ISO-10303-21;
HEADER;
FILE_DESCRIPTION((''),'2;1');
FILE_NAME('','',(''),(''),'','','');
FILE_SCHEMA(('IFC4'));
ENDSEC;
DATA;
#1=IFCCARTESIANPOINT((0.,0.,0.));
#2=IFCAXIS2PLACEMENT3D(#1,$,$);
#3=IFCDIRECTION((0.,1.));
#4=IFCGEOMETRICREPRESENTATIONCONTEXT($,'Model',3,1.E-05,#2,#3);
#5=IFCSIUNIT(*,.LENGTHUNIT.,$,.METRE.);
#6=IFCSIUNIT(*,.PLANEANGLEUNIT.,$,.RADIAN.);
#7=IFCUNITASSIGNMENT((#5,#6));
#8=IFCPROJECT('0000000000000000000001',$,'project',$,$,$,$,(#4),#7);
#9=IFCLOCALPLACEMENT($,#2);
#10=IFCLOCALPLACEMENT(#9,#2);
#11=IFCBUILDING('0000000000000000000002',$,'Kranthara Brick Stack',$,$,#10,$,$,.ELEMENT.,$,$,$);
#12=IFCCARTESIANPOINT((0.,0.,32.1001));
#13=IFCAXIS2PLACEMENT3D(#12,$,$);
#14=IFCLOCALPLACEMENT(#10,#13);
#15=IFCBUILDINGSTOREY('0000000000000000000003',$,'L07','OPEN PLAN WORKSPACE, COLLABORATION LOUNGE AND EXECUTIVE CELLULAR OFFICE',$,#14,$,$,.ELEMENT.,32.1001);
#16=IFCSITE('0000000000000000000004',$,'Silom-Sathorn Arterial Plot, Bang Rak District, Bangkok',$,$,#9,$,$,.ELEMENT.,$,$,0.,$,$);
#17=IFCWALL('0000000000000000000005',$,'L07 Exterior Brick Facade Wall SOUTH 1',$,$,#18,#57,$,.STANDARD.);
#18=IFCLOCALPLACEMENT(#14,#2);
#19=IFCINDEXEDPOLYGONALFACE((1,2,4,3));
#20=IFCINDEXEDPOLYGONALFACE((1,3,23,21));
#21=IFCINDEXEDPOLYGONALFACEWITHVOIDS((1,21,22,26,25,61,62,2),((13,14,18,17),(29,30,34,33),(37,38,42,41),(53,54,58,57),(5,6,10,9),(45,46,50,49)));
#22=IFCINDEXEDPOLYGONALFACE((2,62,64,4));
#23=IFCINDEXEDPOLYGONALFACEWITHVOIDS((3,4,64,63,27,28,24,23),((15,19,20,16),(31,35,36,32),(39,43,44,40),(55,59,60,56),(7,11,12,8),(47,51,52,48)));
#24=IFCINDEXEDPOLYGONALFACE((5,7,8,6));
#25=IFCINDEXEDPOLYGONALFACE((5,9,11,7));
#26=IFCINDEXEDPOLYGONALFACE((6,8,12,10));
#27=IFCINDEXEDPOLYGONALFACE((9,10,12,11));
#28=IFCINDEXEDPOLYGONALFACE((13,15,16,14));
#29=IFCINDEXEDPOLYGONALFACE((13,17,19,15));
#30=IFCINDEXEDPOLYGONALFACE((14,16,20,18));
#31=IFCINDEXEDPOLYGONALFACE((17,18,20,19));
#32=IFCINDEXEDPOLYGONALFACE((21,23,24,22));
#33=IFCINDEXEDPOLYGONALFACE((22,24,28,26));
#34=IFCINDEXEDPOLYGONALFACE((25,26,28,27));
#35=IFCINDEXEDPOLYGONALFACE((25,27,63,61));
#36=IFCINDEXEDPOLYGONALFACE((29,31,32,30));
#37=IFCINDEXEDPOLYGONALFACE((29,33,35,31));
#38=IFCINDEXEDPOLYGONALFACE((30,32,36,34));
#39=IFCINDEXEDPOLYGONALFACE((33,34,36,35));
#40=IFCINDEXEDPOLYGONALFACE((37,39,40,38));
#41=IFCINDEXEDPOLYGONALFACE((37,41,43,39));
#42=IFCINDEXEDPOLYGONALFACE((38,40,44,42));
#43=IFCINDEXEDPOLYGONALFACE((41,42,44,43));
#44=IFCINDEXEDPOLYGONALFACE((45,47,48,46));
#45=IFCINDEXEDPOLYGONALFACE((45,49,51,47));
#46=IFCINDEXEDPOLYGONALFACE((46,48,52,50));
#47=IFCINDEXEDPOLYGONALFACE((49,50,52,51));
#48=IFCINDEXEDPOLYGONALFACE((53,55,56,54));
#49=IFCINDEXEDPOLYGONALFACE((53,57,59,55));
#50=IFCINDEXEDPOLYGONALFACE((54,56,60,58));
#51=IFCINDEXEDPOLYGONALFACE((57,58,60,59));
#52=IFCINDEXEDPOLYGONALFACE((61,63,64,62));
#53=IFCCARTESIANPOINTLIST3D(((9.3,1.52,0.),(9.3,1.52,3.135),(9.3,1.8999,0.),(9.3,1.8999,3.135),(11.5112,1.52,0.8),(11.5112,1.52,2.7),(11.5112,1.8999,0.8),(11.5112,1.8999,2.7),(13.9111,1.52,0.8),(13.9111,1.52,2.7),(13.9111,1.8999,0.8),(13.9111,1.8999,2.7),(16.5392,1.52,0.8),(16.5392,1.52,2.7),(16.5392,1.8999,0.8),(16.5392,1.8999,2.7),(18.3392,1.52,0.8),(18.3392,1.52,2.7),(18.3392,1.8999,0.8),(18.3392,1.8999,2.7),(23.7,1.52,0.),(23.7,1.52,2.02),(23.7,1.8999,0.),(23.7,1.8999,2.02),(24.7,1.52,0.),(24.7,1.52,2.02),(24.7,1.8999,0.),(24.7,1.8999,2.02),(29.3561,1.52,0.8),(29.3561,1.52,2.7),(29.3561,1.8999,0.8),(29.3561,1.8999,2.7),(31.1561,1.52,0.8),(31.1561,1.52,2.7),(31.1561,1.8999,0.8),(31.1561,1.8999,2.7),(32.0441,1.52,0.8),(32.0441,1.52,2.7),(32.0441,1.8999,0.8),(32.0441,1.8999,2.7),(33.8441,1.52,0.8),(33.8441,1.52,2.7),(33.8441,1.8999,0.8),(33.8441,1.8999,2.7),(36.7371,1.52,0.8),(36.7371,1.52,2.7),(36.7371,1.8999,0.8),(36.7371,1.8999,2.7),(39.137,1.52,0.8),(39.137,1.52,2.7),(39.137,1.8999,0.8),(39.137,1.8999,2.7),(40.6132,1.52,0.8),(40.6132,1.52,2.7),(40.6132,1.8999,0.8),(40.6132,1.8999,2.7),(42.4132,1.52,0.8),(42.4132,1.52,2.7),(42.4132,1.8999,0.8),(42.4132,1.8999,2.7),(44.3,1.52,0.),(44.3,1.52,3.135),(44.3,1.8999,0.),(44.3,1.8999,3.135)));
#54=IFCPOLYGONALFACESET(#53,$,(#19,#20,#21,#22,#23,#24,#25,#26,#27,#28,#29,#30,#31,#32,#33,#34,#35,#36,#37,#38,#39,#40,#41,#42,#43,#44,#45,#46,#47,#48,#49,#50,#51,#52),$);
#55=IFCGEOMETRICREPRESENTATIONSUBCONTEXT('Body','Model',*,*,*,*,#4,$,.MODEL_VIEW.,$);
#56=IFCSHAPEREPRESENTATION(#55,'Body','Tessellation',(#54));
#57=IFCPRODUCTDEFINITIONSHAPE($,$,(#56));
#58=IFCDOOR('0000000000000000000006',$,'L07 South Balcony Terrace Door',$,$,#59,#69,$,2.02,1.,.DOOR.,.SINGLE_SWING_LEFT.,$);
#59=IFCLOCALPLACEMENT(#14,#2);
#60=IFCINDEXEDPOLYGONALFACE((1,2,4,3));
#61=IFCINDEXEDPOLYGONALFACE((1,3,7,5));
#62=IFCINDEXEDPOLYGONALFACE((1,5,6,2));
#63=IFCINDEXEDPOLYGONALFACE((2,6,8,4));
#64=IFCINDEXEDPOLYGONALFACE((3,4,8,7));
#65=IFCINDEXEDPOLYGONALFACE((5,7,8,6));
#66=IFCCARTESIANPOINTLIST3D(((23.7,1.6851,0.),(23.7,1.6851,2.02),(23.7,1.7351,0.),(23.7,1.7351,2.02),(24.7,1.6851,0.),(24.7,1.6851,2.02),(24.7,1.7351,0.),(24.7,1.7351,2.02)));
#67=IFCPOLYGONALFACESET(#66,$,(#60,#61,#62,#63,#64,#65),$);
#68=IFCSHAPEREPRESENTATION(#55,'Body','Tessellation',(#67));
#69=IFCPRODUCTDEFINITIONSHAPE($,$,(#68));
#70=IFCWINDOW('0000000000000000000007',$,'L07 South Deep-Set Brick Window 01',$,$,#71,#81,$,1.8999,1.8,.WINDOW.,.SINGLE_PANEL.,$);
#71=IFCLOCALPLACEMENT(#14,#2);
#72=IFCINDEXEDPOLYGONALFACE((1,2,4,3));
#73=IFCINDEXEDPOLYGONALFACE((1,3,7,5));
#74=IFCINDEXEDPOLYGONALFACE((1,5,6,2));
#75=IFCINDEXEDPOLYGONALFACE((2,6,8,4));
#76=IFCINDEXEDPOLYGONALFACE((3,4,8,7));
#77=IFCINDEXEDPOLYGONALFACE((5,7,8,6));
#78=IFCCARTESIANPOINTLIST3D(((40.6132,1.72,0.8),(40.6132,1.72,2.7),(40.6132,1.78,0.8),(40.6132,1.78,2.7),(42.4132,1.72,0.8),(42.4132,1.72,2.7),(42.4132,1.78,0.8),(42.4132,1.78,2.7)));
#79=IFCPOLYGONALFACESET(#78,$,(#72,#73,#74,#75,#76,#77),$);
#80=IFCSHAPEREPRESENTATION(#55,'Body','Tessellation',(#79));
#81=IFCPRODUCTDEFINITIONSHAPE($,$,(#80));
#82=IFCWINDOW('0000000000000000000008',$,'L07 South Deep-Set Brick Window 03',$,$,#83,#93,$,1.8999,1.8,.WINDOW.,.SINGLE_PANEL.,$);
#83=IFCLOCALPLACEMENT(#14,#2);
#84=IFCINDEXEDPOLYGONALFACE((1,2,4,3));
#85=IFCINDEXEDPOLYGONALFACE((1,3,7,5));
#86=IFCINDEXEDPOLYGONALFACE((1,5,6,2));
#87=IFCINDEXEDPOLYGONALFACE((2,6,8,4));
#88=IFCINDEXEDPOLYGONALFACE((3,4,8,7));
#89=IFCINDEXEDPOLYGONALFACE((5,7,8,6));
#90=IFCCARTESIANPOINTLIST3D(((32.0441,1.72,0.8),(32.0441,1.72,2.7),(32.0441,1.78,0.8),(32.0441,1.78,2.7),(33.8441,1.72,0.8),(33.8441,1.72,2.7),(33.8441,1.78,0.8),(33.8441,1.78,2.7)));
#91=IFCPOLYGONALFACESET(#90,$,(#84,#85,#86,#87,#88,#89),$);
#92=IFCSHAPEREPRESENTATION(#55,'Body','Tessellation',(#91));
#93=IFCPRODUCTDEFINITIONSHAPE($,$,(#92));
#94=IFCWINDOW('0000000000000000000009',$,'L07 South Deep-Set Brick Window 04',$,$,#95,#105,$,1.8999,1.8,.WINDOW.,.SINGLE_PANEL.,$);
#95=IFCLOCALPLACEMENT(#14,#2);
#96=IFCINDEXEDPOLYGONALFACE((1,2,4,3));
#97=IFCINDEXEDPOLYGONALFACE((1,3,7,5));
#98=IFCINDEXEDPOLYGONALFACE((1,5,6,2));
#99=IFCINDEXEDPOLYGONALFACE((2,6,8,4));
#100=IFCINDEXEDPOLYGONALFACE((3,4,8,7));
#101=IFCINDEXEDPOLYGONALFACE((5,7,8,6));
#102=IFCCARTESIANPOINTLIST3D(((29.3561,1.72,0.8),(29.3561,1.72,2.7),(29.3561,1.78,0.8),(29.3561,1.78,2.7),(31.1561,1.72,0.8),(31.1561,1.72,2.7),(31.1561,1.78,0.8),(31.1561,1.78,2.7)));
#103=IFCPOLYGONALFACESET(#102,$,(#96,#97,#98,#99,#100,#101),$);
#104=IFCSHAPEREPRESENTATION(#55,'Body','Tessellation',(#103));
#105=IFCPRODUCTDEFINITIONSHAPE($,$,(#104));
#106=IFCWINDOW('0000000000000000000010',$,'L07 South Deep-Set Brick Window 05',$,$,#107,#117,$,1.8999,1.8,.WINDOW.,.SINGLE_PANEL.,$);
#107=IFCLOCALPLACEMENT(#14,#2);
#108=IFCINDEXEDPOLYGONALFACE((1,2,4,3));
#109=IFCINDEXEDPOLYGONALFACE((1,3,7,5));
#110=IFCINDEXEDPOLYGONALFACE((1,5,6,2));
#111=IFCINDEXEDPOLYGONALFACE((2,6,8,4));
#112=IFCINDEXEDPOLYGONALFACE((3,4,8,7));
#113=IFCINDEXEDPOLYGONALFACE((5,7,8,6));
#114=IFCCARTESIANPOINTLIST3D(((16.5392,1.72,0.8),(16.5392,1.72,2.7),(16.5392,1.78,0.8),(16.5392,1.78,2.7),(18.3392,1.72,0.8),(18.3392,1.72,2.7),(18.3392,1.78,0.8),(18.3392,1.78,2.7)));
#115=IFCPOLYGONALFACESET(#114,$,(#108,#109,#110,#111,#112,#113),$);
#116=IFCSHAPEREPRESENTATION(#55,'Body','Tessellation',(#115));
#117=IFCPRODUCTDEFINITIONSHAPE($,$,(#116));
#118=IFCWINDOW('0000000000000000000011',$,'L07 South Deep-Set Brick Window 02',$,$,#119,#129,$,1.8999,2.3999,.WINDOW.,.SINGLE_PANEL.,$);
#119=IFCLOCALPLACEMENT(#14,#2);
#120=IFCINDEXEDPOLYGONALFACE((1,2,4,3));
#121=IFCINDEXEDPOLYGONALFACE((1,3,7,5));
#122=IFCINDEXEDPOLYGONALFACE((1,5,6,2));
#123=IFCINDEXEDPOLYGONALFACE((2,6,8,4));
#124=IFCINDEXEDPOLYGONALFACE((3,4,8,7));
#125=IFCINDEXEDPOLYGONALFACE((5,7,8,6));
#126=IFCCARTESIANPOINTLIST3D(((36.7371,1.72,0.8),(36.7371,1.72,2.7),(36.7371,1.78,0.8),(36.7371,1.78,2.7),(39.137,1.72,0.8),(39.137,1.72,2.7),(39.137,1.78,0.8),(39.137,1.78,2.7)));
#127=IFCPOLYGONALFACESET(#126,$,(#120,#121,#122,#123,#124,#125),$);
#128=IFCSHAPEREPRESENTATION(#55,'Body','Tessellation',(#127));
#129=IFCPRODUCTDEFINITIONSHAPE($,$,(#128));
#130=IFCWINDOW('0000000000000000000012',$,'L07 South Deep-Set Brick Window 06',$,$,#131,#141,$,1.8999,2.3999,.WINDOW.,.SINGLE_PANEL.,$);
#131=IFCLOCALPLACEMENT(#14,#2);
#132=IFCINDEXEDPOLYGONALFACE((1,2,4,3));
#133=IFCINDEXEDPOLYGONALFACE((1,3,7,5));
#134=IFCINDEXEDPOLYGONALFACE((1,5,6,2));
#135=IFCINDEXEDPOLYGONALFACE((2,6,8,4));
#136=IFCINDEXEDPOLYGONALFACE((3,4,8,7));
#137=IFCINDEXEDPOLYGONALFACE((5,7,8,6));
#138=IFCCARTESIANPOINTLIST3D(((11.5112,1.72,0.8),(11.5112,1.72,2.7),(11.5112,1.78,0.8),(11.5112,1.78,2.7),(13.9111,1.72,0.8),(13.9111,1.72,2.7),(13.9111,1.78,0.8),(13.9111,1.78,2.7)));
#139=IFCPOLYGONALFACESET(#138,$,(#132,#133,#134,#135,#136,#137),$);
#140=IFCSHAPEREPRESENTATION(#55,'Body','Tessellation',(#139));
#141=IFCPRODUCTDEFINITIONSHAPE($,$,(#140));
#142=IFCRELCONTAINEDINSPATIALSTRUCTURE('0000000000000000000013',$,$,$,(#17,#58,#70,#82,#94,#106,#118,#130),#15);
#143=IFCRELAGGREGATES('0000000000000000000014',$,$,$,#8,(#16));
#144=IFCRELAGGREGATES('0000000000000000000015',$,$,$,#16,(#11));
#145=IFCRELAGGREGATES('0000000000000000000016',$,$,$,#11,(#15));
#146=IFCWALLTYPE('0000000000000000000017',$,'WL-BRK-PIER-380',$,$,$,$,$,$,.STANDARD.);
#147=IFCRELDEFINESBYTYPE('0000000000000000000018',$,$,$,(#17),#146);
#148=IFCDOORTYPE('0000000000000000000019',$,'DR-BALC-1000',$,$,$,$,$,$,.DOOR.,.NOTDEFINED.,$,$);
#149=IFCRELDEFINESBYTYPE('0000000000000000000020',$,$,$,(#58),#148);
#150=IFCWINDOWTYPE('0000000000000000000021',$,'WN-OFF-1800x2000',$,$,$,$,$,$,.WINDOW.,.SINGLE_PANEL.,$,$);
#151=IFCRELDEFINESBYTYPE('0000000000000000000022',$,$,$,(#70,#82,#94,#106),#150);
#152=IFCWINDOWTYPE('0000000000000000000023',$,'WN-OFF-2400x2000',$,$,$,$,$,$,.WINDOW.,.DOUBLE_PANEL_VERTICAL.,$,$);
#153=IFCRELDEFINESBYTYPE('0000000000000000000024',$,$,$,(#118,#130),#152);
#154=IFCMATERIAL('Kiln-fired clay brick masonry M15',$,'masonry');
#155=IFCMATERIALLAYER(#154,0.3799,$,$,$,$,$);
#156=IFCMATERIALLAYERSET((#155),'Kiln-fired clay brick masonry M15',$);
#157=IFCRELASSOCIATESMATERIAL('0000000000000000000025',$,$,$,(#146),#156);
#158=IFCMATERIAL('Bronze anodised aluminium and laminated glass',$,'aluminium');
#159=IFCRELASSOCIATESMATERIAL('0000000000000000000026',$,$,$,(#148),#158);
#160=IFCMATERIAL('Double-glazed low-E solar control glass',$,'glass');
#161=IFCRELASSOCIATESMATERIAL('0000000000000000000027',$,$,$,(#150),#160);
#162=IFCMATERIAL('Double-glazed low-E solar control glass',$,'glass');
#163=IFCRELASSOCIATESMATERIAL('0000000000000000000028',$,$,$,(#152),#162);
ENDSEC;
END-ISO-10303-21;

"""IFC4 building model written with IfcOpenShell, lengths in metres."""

from ifc_helpers import new_model, si_unit, direction, frame, frame_2d, origin, place, context, subcontext, project, spatial, rectangle, extrude, material, layer, layer_set, type_object, element, fill, save


model = new_model("IFC4")

# Units and contexts
model_context = context("Model", 3, precision=1e-05, world=origin(), true_north=direction((0.0, 1.0)))
body_context = subcontext(model_context, "Body", "Model", "MODEL_VIEW")
ifc_project = project(units=[si_unit("LENGTHUNIT", "METRE"), si_unit("PLANEANGLEUNIT", "RADIAN")], contexts=[model_context])

# Site, building, storey
site_placement = place(None, origin())
site = spatial("IfcSite", under=ifc_project, at=site_placement, Name="Silom-Sathorn Arterial Plot, Bang Rak District, Bangkok", CompositionType="ELEMENT", RefElevation=0.0)
building_placement = place(site_placement, origin())
building = spatial("IfcBuilding", under=site, at=building_placement, Name="Kranthara Brick Stack", CompositionType="ELEMENT")
storey_placement = place(building_placement, frame((0.0, 0.0, 32.1001)))
storey = spatial("IfcBuildingStorey", under=building, at=storey_placement, Name="L07", Description="OPEN PLAN WORKSPACE, COLLABORATION LOUNGE AND EXECUTIVE CELLULAR OFFICE", CompositionType="ELEMENT", Elevation=32.1001)

# Wall, openings, door, windows
ifc_material_1 = material(Name="Kiln-fired clay brick masonry M15", Category="masonry")
ifc_layer_1 = layer(ifc_material_1, 0.3799)
ifc_layer_set_1 = layer_set([ifc_layer_1], Name="Kiln-fired clay brick masonry M15")
wall_type_1 = type_object("IfcWallType", Name="WL-BRK-PIER-380", PredefinedType="STANDARD", material=ifc_layer_set_1)
wall_1_placement = place(storey_placement, frame((44.3, 1.71, 0.0), z_axis=(0.0, 0.0, 1.0), x_axis=(-1.0, 0.0, 0.0)))
wall_1 = element("IfcWall", 1, at=wall_1_placement, inside=storey, type_object=wall_type_1, Name="L07 Exterior Brick Facade Wall SOUTH 1", PredefinedType="STANDARD", context=body_context, shape_type="SweptSolid", body=[
    extrude(rectangle(XDim=35.0, YDim=0.3799, at=frame_2d((17.5, 0.0))), origin(), (0.0, 0.0, 1.0), 3.135),
])
opening_1_placement = place(wall_1_placement, frame((19.6001, 0.0, 0.0)))
opening_1 = element("IfcOpeningElement", 2, at=opening_1_placement, cuts=wall_1, PredefinedType="OPENING", context=body_context, shape_type="SweptSolid", body=[
    extrude(rectangle(XDim=1.0, YDim=2.02, at=frame_2d((0.5, 1.01))), frame((0.0, 0.2, 0.0), z_axis=(0.0, -1.0, 0.0), x_axis=(1.0, 0.0, 0.0)), (0.0, 0.0, 1.0), 0.3999),
])
opening_2_placement = place(wall_1_placement, frame((1.887, 0.0, 0.8)))
opening_2 = element("IfcOpeningElement", 3, at=opening_2_placement, cuts=wall_1, PredefinedType="OPENING", context=body_context, shape_type="SweptSolid", body=[
    extrude(rectangle(XDim=1.8, YDim=1.8999, at=frame_2d((0.8999, 0.95))), frame((0.0, 0.2, 0.0), z_axis=(0.0, -1.0, 0.0), x_axis=(1.0, 0.0, 0.0)), (0.0, 0.0, 1.0), 0.3999),
])
opening_3_placement = place(wall_1_placement, frame((5.1631, 0.0, 0.8)))
opening_3 = element("IfcOpeningElement", 4, at=opening_3_placement, cuts=wall_1, PredefinedType="OPENING", context=body_context, shape_type="SweptSolid", body=[
    extrude(rectangle(XDim=2.3999, YDim=1.8999, at=frame_2d((1.2, 0.95))), frame((0.0, 0.2, 0.0), z_axis=(0.0, -1.0, 0.0), x_axis=(1.0, 0.0, 0.0)), (0.0, 0.0, 1.0), 0.3999),
])
opening_4_placement = place(wall_1_placement, frame((10.4561, 0.0, 0.8)))
opening_4 = element("IfcOpeningElement", 5, at=opening_4_placement, cuts=wall_1, PredefinedType="OPENING", context=body_context, shape_type="SweptSolid", body=[
    extrude(rectangle(XDim=1.8, YDim=1.8999, at=frame_2d((0.8999, 0.95))), frame((0.0, 0.2, 0.0), z_axis=(0.0, -1.0, 0.0), x_axis=(1.0, 0.0, 0.0)), (0.0, 0.0, 1.0), 0.3999),
])
opening_5_placement = place(wall_1_placement, frame((13.144, 0.0, 0.8)))
opening_5 = element("IfcOpeningElement", 6, at=opening_5_placement, cuts=wall_1, PredefinedType="OPENING", context=body_context, shape_type="SweptSolid", body=[
    extrude(rectangle(XDim=1.8, YDim=1.8999, at=frame_2d((0.8999, 0.95))), frame((0.0, 0.2, 0.0), z_axis=(0.0, -1.0, 0.0), x_axis=(1.0, 0.0, 0.0)), (0.0, 0.0, 1.0), 0.3999),
])
opening_6_placement = place(wall_1_placement, frame((25.9609, 0.0, 0.8)))
opening_6 = element("IfcOpeningElement", 7, at=opening_6_placement, cuts=wall_1, PredefinedType="OPENING", context=body_context, shape_type="SweptSolid", body=[
    extrude(rectangle(XDim=1.8, YDim=1.8999, at=frame_2d((0.8999, 0.95))), frame((0.0, 0.2, 0.0), z_axis=(0.0, -1.0, 0.0), x_axis=(1.0, 0.0, 0.0)), (0.0, 0.0, 1.0), 0.3999),
])
opening_7_placement = place(wall_1_placement, frame((30.3889, 0.0, 0.8)))
opening_7 = element("IfcOpeningElement", 8, at=opening_7_placement, cuts=wall_1, PredefinedType="OPENING", context=body_context, shape_type="SweptSolid", body=[
    extrude(rectangle(XDim=2.3999, YDim=1.8999, at=frame_2d((1.2, 0.95))), frame((0.0, 0.2, 0.0), z_axis=(0.0, -1.0, 0.0), x_axis=(1.0, 0.0, 0.0)), (0.0, 0.0, 1.0), 0.3999),
])
ifc_material_2 = material(Name="Bronze anodised aluminium and laminated glass", Category="aluminium")
door_type = type_object("IfcDoorType", Name="DR-BALC-1000", OperationType="NOTDEFINED", PredefinedType="DOOR", material=ifc_material_2)
door_placement = place(opening_1_placement, origin())
door = element("IfcDoor", 9, at=door_placement, inside=storey, type_object=door_type, Name="L07 South Balcony Terrace Door", OperationType="SINGLE_SWING_LEFT", OverallHeight=2.02, OverallWidth=1.0, PredefinedType="DOOR", context=body_context, shape_type="SweptSolid", body=[
    extrude(rectangle(XDim=1.0, YDim=2.02, at=frame_2d((0.5, 1.01))), frame((0.0, 0.0249, 0.0), z_axis=(0.0, -1.0, 0.0), x_axis=(1.0, 0.0, 0.0)), (0.0, 0.0, 1.0), 0.05),
])
fill(opening_1, door)
ifc_material_3 = material(Name="Double-glazed low-E solar control glass", Category="glass")
window_type_1 = type_object("IfcWindowType", Name="WN-OFF-1800x2000", PartitioningType="SINGLE_PANEL", PredefinedType="WINDOW", material=ifc_material_3)
window_1_placement = place(opening_2_placement, origin())
window_1 = element("IfcWindow", 10, at=window_1_placement, inside=storey, type_object=window_type_1, Name="L07 South Deep-Set Brick Window 01", OverallHeight=1.8999, OverallWidth=1.8, PartitioningType="SINGLE_PANEL", PredefinedType="WINDOW", context=body_context, shape_type="SweptSolid", body=[
    extrude(rectangle(XDim=1.8, YDim=1.8999, at=frame_2d((0.8999, 0.95))), frame((0.0, -0.01, 0.0), z_axis=(0.0, -1.0, 0.0), x_axis=(1.0, 0.0, 0.0)), (0.0, 0.0, 1.0), 0.0601),
])
fill(opening_2, window_1)
window_2_placement = place(opening_4_placement, origin())
window_2 = element("IfcWindow", 11, at=window_2_placement, inside=storey, type_object=window_type_1, Name="L07 South Deep-Set Brick Window 03", OverallHeight=1.8999, OverallWidth=1.8, PartitioningType="SINGLE_PANEL", PredefinedType="WINDOW", context=body_context, shape_type="SweptSolid", body=[
    extrude(rectangle(XDim=1.8, YDim=1.8999, at=frame_2d((0.8999, 0.95))), frame((0.0, -0.01, 0.0), z_axis=(0.0, -1.0, 0.0), x_axis=(1.0, 0.0, 0.0)), (0.0, 0.0, 1.0), 0.0601),
])
fill(opening_4, window_2)
window_3_placement = place(opening_5_placement, origin())
window_3 = element("IfcWindow", 12, at=window_3_placement, inside=storey, type_object=window_type_1, Name="L07 South Deep-Set Brick Window 04", OverallHeight=1.8999, OverallWidth=1.8, PartitioningType="SINGLE_PANEL", PredefinedType="WINDOW", context=body_context, shape_type="SweptSolid", body=[
    extrude(rectangle(XDim=1.8, YDim=1.8999, at=frame_2d((0.8999, 0.95))), frame((0.0, -0.01, 0.0), z_axis=(0.0, -1.0, 0.0), x_axis=(1.0, 0.0, 0.0)), (0.0, 0.0, 1.0), 0.0601),
])
fill(opening_5, window_3)
window_4_placement = place(opening_6_placement, origin())
window_4 = element("IfcWindow", 13, at=window_4_placement, inside=storey, type_object=window_type_1, Name="L07 South Deep-Set Brick Window 05", OverallHeight=1.8999, OverallWidth=1.8, PartitioningType="SINGLE_PANEL", PredefinedType="WINDOW", context=body_context, shape_type="SweptSolid", body=[
    extrude(rectangle(XDim=1.8, YDim=1.8999, at=frame_2d((0.8999, 0.95))), frame((0.0, -0.01, 0.0), z_axis=(0.0, -1.0, 0.0), x_axis=(1.0, 0.0, 0.0)), (0.0, 0.0, 1.0), 0.0601),
])
fill(opening_6, window_4)
ifc_material_4 = material(Name="Double-glazed low-E solar control glass", Category="glass")
window_type_2 = type_object("IfcWindowType", Name="WN-OFF-2400x2000", PartitioningType="DOUBLE_PANEL_VERTICAL", PredefinedType="WINDOW", material=ifc_material_4)
window_5_placement = place(opening_3_placement, origin())
window_5 = element("IfcWindow", 14, at=window_5_placement, inside=storey, type_object=window_type_2, Name="L07 South Deep-Set Brick Window 02", OverallHeight=1.8999, OverallWidth=2.3999, PartitioningType="SINGLE_PANEL", PredefinedType="WINDOW", context=body_context, shape_type="SweptSolid", body=[
    extrude(rectangle(XDim=2.3999, YDim=1.8999, at=frame_2d((1.2, 0.95))), frame((0.0, -0.01, 0.0), z_axis=(0.0, -1.0, 0.0), x_axis=(1.0, 0.0, 0.0)), (0.0, 0.0, 1.0), 0.0601),
])
fill(opening_3, window_5)
window_6_placement = place(opening_7_placement, origin())
window_6 = element("IfcWindow", 15, at=window_6_placement, inside=storey, type_object=window_type_2, Name="L07 South Deep-Set Brick Window 06", OverallHeight=1.8999, OverallWidth=2.3999, PartitioningType="SINGLE_PANEL", PredefinedType="WINDOW", context=body_context, shape_type="SweptSolid", body=[
    extrude(rectangle(XDim=2.3999, YDim=1.8999, at=frame_2d((1.2, 0.95))), frame((0.0, -0.01, 0.0), z_axis=(0.0, -1.0, 0.0), x_axis=(1.0, 0.0, 0.0)), (0.0, 0.0, 1.0), 0.0601),
])
fill(opening_7, window_6)

save(model, "model.ifc")
